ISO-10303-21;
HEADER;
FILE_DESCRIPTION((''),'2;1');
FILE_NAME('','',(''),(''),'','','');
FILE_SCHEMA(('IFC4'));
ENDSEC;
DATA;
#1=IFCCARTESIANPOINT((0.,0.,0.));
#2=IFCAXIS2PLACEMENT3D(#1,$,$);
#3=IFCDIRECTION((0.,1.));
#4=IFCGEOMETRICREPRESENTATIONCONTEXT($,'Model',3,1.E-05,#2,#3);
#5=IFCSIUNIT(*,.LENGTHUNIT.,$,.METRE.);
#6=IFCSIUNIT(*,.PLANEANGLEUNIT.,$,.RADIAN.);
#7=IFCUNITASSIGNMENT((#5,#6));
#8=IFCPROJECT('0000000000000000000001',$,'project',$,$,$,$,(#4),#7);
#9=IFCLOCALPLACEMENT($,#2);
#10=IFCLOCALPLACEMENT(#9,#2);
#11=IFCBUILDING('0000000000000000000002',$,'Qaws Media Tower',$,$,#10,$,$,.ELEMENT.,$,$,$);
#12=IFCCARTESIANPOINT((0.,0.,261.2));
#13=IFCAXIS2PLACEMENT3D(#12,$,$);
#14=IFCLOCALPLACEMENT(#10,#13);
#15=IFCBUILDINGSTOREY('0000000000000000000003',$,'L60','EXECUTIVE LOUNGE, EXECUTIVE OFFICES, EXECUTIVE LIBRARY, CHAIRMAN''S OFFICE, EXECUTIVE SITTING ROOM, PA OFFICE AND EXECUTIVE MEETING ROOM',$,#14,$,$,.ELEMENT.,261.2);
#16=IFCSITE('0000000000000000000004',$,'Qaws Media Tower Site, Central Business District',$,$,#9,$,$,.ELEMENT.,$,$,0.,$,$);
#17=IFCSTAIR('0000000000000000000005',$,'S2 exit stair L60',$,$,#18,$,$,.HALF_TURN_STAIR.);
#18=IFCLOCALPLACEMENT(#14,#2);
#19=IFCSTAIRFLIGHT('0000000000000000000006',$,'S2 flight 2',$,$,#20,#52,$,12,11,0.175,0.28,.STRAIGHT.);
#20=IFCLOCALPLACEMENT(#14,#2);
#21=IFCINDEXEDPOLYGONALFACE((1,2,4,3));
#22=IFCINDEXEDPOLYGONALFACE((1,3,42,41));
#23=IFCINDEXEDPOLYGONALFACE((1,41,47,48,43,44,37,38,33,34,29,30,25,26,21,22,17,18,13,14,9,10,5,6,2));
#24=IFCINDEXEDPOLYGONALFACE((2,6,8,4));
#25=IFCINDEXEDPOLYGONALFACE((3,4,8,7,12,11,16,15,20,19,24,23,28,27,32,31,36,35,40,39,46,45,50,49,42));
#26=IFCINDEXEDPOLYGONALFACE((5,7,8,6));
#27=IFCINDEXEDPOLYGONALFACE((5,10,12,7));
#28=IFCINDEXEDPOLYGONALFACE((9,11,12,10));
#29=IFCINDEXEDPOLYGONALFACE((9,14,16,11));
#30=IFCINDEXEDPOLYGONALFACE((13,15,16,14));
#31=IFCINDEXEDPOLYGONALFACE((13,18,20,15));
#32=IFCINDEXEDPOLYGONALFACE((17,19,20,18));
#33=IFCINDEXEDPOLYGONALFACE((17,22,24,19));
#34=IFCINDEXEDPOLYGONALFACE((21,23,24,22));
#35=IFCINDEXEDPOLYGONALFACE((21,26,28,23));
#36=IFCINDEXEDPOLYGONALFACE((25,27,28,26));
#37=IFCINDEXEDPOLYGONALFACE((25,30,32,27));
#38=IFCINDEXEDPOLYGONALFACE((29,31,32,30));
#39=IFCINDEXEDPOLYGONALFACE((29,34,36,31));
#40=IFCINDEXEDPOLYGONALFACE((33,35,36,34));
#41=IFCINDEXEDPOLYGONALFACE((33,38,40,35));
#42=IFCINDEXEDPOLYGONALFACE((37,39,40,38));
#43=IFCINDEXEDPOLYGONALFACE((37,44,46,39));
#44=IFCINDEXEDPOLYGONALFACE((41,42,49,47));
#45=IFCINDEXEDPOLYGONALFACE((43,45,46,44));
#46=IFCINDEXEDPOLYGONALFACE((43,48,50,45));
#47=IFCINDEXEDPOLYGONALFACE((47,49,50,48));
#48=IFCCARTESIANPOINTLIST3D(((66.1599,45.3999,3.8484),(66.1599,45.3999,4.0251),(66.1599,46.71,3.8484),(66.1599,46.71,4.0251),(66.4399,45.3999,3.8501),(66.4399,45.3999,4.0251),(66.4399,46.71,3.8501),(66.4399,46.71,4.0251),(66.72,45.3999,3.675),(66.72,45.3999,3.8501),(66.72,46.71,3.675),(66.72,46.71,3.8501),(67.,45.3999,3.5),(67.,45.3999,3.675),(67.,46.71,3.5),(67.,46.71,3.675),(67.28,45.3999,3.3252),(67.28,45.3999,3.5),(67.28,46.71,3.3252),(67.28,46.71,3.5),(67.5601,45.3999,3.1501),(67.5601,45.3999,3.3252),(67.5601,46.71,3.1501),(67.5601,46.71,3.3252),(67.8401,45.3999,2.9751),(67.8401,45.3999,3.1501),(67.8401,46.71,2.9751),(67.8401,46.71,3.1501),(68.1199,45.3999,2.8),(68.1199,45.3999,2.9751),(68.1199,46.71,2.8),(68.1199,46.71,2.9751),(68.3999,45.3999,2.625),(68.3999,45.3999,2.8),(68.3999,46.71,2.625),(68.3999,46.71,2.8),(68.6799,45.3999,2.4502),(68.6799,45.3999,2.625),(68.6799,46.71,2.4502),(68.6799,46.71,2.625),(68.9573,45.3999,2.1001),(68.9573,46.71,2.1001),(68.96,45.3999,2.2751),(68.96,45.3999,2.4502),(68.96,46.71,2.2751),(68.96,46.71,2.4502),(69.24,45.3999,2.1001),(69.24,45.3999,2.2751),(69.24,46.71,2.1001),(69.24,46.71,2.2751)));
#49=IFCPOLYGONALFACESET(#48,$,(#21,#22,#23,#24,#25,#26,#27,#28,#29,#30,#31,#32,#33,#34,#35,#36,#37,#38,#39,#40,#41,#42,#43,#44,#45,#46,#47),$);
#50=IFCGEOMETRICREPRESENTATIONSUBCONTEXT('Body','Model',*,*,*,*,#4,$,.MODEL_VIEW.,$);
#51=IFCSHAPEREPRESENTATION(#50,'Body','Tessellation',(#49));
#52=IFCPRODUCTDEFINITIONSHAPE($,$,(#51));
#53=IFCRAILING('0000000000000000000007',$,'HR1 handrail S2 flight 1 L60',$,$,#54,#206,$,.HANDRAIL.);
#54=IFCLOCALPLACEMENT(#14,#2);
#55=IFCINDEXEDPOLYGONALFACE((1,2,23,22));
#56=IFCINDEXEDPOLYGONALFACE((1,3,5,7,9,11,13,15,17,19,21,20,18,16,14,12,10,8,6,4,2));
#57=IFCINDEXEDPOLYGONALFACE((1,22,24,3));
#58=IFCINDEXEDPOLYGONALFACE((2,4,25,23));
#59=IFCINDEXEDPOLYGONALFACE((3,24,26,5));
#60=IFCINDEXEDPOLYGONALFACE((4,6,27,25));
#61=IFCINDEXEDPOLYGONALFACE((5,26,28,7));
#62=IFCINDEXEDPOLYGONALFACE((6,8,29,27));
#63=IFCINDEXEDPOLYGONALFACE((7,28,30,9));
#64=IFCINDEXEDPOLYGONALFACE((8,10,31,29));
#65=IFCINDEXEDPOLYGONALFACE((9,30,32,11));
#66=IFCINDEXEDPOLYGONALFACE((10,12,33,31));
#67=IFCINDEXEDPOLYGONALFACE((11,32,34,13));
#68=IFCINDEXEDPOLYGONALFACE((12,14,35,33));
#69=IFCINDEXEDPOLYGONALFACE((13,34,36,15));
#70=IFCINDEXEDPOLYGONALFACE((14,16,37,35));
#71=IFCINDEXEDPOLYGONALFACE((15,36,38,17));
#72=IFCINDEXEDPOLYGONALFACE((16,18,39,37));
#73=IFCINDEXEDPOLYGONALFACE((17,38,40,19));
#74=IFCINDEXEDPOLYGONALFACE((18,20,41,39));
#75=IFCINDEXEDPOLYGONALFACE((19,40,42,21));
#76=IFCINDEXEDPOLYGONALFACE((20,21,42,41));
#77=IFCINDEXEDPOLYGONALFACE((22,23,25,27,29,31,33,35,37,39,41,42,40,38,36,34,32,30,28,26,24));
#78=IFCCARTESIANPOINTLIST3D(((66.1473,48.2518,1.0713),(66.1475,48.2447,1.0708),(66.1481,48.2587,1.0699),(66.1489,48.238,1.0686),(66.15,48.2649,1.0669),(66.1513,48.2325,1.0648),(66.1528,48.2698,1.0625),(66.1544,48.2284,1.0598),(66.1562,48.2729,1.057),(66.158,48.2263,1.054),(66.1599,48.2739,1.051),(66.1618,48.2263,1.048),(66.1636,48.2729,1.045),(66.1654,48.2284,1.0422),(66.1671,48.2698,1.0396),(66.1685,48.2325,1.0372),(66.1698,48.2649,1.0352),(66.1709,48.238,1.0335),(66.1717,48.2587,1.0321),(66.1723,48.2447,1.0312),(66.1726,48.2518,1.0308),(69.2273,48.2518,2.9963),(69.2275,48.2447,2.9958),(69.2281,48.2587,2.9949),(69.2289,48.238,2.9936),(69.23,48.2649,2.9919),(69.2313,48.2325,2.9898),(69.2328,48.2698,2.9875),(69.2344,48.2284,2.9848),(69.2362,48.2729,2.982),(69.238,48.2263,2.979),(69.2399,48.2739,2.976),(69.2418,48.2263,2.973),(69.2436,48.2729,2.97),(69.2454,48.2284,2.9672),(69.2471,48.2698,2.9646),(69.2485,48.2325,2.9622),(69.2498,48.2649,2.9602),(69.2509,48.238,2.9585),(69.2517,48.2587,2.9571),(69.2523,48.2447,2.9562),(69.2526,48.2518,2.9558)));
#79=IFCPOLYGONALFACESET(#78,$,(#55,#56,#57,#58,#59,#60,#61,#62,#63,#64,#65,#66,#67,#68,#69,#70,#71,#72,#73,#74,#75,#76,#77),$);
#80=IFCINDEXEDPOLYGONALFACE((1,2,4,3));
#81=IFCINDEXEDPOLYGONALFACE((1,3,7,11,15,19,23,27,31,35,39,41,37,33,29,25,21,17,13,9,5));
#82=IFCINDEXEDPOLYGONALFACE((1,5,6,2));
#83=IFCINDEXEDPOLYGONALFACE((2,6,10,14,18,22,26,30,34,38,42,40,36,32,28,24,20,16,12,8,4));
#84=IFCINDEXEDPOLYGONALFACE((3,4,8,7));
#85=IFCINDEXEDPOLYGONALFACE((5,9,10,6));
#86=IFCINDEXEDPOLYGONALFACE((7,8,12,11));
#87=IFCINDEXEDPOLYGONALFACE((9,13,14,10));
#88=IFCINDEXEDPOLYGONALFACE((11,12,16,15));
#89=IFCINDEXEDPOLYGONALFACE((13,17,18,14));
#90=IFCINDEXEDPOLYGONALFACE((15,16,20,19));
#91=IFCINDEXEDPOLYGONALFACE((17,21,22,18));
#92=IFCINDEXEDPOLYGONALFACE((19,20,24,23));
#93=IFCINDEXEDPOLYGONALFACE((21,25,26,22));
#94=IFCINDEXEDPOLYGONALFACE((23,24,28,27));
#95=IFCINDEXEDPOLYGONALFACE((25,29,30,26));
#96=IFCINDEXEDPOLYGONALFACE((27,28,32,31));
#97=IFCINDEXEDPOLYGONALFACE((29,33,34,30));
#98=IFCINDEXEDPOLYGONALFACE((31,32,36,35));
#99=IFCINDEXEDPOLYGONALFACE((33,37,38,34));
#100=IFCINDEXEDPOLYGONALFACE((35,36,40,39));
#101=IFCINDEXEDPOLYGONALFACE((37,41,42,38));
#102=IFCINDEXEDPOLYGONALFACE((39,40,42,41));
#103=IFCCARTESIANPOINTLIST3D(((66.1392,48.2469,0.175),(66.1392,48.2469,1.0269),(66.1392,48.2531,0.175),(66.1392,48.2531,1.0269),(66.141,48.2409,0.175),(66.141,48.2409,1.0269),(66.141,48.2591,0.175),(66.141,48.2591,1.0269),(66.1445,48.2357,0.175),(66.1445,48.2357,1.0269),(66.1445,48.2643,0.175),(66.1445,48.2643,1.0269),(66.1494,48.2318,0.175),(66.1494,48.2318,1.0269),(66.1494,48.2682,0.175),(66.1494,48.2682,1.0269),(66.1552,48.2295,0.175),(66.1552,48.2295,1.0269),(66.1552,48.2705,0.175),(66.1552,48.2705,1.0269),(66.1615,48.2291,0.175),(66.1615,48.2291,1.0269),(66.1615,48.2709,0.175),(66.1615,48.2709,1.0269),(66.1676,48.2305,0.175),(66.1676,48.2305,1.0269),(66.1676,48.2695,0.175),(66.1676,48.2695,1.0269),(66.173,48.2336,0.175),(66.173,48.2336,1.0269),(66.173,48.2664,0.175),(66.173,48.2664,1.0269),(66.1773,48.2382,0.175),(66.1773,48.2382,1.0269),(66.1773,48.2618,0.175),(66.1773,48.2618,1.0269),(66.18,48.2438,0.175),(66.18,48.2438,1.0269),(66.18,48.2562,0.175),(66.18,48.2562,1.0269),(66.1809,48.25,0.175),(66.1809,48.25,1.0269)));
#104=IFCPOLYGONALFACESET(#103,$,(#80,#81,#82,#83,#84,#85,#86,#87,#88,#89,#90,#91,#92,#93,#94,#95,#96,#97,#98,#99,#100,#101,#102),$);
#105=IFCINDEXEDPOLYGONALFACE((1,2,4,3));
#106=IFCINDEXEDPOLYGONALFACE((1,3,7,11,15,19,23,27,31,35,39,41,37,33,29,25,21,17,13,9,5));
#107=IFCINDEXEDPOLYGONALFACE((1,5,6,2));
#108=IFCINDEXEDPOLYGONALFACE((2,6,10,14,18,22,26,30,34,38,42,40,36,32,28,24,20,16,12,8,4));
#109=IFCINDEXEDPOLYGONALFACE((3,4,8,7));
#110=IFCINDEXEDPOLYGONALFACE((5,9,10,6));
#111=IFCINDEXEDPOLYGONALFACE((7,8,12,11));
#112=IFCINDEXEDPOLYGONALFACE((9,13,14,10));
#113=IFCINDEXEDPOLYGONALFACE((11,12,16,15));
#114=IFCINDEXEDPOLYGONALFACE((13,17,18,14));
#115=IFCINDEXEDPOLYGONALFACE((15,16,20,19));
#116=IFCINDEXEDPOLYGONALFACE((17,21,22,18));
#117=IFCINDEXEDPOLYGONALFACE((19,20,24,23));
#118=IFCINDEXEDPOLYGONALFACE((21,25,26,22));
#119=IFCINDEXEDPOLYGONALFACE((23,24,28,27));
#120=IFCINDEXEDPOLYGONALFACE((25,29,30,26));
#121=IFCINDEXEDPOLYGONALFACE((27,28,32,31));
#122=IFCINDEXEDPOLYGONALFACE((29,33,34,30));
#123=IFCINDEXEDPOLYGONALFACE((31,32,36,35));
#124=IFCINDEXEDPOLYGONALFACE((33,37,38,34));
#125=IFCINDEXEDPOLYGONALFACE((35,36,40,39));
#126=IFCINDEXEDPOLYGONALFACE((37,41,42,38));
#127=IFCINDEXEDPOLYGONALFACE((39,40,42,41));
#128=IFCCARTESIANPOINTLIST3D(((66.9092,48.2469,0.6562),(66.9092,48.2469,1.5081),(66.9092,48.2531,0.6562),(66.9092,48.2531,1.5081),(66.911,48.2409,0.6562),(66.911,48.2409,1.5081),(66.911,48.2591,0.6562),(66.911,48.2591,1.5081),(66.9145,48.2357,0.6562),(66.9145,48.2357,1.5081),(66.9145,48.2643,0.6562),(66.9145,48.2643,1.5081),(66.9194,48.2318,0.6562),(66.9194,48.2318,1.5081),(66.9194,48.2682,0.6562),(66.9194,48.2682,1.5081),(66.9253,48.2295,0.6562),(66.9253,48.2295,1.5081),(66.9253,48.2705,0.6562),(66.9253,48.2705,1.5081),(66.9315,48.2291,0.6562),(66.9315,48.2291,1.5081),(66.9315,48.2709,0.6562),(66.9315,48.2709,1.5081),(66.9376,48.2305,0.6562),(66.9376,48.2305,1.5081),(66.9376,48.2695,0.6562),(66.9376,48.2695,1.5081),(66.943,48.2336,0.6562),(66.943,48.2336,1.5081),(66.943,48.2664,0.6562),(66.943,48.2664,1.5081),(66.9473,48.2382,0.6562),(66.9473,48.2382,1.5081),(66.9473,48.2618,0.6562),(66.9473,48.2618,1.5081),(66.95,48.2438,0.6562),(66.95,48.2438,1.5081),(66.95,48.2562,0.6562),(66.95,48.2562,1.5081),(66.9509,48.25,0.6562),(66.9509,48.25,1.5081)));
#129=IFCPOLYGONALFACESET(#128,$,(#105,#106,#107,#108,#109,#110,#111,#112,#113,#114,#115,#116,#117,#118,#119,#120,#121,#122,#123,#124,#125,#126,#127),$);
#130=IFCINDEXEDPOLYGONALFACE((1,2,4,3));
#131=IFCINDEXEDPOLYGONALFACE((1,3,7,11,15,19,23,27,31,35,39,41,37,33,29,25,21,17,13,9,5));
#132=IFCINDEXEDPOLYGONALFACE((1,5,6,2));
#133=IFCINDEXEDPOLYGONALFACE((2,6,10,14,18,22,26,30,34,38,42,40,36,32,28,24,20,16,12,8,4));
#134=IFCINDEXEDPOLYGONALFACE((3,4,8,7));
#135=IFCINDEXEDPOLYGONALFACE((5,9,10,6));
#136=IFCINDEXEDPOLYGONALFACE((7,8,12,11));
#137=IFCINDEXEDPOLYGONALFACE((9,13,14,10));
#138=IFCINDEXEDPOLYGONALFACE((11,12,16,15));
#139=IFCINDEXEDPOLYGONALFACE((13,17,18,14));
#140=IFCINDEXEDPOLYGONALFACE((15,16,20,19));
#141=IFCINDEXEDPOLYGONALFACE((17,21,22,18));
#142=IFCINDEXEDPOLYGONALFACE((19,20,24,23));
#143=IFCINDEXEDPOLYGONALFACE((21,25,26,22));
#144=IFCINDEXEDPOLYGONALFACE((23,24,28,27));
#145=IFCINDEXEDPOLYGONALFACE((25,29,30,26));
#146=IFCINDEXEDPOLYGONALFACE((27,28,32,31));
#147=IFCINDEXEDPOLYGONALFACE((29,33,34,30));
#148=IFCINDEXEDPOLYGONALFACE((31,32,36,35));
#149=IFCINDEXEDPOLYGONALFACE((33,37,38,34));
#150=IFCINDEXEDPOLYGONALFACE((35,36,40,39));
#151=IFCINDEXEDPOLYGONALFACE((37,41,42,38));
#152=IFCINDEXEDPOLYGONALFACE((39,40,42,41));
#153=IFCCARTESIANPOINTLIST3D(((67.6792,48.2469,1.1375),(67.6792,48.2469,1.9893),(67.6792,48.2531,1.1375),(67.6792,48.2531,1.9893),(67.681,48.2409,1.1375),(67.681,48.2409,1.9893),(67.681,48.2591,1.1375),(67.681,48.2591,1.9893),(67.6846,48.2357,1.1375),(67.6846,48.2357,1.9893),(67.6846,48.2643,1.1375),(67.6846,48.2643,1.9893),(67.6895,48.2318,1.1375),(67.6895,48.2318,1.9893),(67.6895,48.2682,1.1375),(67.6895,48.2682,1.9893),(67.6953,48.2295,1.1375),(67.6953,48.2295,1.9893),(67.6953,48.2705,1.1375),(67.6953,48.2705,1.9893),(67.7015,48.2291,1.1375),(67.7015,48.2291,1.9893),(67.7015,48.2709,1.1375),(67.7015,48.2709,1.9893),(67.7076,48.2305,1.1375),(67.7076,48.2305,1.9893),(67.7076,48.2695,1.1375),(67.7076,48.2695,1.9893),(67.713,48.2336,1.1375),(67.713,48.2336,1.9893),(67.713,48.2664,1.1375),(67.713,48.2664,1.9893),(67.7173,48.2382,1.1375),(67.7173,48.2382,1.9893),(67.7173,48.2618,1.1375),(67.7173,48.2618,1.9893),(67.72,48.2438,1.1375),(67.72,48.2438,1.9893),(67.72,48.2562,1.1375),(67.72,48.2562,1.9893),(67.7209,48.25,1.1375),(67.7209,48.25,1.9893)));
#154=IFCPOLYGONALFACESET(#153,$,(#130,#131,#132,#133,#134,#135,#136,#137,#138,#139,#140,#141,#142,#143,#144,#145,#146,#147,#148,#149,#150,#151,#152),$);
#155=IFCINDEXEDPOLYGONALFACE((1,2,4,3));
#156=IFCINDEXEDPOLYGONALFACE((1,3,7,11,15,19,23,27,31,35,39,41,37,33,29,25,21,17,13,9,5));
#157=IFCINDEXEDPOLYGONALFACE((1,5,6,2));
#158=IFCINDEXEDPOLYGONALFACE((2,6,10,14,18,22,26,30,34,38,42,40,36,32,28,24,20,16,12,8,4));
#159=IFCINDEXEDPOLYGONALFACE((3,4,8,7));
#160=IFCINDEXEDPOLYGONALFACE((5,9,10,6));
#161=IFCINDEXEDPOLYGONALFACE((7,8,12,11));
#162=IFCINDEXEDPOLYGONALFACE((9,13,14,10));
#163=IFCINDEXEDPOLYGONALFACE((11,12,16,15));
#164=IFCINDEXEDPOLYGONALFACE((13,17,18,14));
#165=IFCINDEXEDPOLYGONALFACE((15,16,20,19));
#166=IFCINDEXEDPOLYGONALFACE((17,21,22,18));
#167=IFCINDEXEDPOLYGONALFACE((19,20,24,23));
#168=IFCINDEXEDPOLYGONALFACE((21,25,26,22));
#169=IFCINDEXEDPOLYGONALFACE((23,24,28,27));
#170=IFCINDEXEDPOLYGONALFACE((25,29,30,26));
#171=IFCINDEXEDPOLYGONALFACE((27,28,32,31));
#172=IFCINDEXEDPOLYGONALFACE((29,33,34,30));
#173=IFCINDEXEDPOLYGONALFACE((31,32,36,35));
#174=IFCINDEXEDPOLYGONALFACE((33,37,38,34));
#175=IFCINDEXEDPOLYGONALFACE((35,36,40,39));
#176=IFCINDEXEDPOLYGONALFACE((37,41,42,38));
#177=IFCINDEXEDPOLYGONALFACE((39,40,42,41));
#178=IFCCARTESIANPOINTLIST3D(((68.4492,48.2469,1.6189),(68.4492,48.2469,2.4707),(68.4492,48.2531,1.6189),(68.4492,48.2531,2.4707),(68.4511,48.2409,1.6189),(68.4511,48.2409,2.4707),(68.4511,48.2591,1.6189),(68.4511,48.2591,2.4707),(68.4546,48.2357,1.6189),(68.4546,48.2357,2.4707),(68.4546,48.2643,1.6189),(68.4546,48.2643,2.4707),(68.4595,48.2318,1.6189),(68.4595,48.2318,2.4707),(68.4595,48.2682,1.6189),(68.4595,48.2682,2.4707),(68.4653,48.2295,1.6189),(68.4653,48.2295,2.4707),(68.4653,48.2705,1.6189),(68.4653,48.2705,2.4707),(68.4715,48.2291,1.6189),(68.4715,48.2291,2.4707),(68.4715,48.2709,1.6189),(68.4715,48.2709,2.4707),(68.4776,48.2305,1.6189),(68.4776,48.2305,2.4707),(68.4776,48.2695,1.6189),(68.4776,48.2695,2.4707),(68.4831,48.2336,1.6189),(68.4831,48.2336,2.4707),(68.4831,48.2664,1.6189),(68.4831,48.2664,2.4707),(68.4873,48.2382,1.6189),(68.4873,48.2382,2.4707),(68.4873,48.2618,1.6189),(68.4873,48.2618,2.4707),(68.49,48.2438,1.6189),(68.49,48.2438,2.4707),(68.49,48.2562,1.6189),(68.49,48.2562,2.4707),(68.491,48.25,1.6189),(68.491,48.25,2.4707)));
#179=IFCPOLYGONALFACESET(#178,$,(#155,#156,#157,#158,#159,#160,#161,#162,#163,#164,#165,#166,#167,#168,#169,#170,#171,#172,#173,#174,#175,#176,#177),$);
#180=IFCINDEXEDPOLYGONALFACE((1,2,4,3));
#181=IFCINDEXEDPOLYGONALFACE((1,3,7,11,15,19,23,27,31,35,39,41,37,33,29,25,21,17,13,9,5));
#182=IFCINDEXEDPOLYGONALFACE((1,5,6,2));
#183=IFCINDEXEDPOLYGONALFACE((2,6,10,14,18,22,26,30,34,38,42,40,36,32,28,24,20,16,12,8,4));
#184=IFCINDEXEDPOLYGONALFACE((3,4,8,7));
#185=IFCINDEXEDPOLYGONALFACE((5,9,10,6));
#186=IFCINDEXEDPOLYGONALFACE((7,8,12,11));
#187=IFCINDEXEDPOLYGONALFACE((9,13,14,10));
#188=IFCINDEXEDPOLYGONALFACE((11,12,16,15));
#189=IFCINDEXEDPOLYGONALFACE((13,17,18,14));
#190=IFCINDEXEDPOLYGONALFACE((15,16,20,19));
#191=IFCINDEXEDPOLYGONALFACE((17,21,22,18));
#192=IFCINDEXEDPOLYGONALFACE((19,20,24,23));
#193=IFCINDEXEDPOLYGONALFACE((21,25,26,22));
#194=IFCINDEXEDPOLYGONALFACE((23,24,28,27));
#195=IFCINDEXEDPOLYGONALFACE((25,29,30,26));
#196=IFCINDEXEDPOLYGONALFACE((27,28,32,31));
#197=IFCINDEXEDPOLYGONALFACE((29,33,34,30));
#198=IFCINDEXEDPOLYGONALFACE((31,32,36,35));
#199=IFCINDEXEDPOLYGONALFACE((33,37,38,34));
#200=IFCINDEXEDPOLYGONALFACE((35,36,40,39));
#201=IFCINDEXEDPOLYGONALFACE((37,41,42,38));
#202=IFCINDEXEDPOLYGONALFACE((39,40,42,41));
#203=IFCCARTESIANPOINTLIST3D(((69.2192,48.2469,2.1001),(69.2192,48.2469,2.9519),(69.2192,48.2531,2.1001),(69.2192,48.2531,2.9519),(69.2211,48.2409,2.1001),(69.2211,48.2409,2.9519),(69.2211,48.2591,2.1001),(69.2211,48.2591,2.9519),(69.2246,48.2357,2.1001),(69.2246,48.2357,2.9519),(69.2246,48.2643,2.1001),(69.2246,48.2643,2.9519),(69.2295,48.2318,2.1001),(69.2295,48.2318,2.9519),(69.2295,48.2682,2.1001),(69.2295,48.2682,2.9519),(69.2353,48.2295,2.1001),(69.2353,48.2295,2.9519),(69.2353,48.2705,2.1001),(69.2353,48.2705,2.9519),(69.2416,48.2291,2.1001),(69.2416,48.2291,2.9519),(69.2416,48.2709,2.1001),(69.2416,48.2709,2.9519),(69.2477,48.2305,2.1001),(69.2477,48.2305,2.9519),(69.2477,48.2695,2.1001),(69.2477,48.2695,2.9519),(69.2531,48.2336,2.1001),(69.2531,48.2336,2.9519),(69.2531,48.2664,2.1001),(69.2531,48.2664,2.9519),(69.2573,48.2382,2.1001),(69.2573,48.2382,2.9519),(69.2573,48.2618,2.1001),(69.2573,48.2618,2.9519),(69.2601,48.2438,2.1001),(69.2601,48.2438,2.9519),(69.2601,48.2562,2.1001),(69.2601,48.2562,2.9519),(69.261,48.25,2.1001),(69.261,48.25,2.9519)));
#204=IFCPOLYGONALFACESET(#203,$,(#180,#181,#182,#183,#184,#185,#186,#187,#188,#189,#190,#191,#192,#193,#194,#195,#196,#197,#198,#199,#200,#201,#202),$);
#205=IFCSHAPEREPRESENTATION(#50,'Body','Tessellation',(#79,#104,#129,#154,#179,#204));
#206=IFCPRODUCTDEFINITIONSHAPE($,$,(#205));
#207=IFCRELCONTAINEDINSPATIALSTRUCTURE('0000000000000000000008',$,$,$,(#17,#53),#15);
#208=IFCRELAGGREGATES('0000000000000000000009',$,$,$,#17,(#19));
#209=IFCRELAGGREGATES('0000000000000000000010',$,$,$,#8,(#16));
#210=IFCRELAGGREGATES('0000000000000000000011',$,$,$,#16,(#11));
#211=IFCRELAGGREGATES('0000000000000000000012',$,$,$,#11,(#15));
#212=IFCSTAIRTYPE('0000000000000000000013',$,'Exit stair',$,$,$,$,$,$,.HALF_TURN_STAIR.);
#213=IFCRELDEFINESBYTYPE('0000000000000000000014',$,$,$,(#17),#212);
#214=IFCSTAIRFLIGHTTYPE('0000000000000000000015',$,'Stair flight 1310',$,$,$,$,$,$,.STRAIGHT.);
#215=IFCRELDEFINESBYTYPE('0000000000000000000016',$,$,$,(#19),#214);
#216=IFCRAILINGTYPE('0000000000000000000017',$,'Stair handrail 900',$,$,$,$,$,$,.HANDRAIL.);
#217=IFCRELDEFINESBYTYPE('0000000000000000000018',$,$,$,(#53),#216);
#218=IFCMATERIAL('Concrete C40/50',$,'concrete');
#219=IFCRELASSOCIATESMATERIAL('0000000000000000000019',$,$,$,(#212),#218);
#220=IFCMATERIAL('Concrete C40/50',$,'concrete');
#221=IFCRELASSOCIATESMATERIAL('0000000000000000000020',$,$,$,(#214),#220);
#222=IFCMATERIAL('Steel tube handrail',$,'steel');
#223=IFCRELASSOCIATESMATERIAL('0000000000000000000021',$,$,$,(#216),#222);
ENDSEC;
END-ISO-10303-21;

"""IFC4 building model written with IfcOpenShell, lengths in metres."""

from ifc_helpers import new_model, si_unit, direction, frame, origin, origin_2d, place, context, subcontext, project, spatial, polyline, circle, outline, extrude, material, type_object, element, aggregate, save


model = new_model("IFC4")

# Units and contexts
model_context = context("Model", 3, precision=1e-05, world=origin(), true_north=direction((0.0, 1.0)))
body_context = subcontext(model_context, "Body", "Model", "MODEL_VIEW")
ifc_project = project(units=[si_unit("LENGTHUNIT", "METRE"), si_unit("PLANEANGLEUNIT", "RADIAN")], contexts=[model_context])

# Site, building, storey
site_placement = place(None, origin())
site = spatial("IfcSite", under=ifc_project, at=site_placement, Name="Qaws Media Tower Site, Central Business District", CompositionType="ELEMENT", RefElevation=0.0)
building_placement = place(site_placement, origin())
building = spatial("IfcBuilding", under=site, at=building_placement, Name="Qaws Media Tower", CompositionType="ELEMENT")
storey_placement = place(building_placement, frame((0.0, 0.0, 261.2)))
storey = spatial("IfcBuildingStorey", under=building, at=storey_placement, Name="L60", Description="EXECUTIVE LOUNGE, EXECUTIVE OFFICES, EXECUTIVE LIBRARY, CHAIRMAN'S OFFICE, EXECUTIVE SITTING ROOM, PA OFFICE AND EXECUTIVE MEETING ROOM", CompositionType="ELEMENT", Elevation=261.2)

# Stair, stair flight
ifc_material_1 = material(Name="Concrete C40/50", Category="concrete")
stair_type = type_object("IfcStairType", Name="Exit stair", PredefinedType="HALF_TURN_STAIR", material=ifc_material_1)
stair_placement = place(storey_placement, origin())
stair = element("IfcStair", 1, at=stair_placement, inside=storey, type_object=stair_type, Name="S2 exit stair L60", PredefinedType="HALF_TURN_STAIR")
ifc_material_2 = material(Name="Concrete C40/50", Category="concrete")
stair_flight_type = type_object("IfcStairFlightType", Name="Stair flight 1310", PredefinedType="STRAIGHT", material=ifc_material_2)
stair_flight_1_placement = place(storey_placement, frame((69.24, 46.0549, 2.1001), z_axis=(0.0, 0.0, 1.0), x_axis=(-1.0, 0.0, 0.0)))
stair_flight_1 = element("IfcStairFlight", 2, at=stair_flight_1_placement, type_object=stair_flight_type, Name="S2 flight 2", NumberOfRisers=12, NumberOfTreads=11, PredefinedType="STRAIGHT", RiserHeight=0.175, TreadLength=0.28, context=body_context, shape_type="SweptSolid", body=[
    extrude(outline(polyline([(0.0, 0.0), (0.0, 0.175), (0.28, 0.175), (0.28, 0.3501), (0.5601, 0.3501), (0.5601, 0.5249), (0.8401, 0.5249), (0.8401, 0.7), (1.1201, 0.7), (1.1201, 0.875), (1.3999, 0.875), (1.3999, 1.05), (1.6799, 1.05), (1.6799, 1.2251), (1.96, 1.2251), (1.96, 1.3999), (2.24, 1.3999), (2.24, 1.575), (2.52, 1.575), (2.52, 1.75), (2.8, 1.75), (2.8, 1.925), (3.0801, 1.925), (3.0801, 2.1001), (3.0801, 1.7483), (0.2827, 0.0), (0.0, 0.0)])), frame((0.0, 0.655, 0.0), z_axis=(0.0, -1.0, 0.0), x_axis=(1.0, 0.0, 0.0)), (0.0, 0.0, 1.0), 1.3101),
])
aggregate(stair, [stair_flight_1])

# Railing
ifc_material_3 = material(Name="Steel tube handrail", Category="steel")
railing_type = type_object("IfcRailingType", Name="Stair handrail 900", PredefinedType="HANDRAIL", material=ifc_material_3)
for number, where, name in (
    (3, (66.1599, 48.25, 0.175), "HR1 handrail S2 flight 1 L60"),
):
    element("IfcRailing", number, at=place(storey_placement, frame(where)), inside=storey, type_object=railing_type, Name=name, PredefinedType="HANDRAIL", context=body_context, shape_type="SweptSolid", body=[
        extrude(circle(Radius=0.0239, at=origin_2d()), frame((0.0, 0.0, 0.876), z_axis=(0.847998, 0.0, 0.529999), x_axis=(0.0, 1.0, 0.0)), (0.0, 0.0, 1.0), 3.6321),
        extrude(circle(Radius=0.021, at=origin_2d()), origin(), (0.0, 0.0, 1.0), 0.8518),
        extrude(circle(Radius=0.021, at=origin_2d()), frame((0.77, 0.0, 0.4812)), (0.0, 0.0, 1.0), 0.8518),
        extrude(circle(Radius=0.021, at=origin_2d()), frame((1.54, 0.0, 0.9624)), (0.0, 0.0, 1.0), 0.8518),
        extrude(circle(Radius=0.021, at=origin_2d()), frame((2.3101, 0.0, 1.4438)), (0.0, 0.0, 1.0), 0.8518),
        extrude(circle(Radius=0.021, at=origin_2d()), frame((3.0801, 0.0, 1.925)), (0.0, 0.0, 1.0), 0.8518),
    ])

save(model, "model.ifc")
